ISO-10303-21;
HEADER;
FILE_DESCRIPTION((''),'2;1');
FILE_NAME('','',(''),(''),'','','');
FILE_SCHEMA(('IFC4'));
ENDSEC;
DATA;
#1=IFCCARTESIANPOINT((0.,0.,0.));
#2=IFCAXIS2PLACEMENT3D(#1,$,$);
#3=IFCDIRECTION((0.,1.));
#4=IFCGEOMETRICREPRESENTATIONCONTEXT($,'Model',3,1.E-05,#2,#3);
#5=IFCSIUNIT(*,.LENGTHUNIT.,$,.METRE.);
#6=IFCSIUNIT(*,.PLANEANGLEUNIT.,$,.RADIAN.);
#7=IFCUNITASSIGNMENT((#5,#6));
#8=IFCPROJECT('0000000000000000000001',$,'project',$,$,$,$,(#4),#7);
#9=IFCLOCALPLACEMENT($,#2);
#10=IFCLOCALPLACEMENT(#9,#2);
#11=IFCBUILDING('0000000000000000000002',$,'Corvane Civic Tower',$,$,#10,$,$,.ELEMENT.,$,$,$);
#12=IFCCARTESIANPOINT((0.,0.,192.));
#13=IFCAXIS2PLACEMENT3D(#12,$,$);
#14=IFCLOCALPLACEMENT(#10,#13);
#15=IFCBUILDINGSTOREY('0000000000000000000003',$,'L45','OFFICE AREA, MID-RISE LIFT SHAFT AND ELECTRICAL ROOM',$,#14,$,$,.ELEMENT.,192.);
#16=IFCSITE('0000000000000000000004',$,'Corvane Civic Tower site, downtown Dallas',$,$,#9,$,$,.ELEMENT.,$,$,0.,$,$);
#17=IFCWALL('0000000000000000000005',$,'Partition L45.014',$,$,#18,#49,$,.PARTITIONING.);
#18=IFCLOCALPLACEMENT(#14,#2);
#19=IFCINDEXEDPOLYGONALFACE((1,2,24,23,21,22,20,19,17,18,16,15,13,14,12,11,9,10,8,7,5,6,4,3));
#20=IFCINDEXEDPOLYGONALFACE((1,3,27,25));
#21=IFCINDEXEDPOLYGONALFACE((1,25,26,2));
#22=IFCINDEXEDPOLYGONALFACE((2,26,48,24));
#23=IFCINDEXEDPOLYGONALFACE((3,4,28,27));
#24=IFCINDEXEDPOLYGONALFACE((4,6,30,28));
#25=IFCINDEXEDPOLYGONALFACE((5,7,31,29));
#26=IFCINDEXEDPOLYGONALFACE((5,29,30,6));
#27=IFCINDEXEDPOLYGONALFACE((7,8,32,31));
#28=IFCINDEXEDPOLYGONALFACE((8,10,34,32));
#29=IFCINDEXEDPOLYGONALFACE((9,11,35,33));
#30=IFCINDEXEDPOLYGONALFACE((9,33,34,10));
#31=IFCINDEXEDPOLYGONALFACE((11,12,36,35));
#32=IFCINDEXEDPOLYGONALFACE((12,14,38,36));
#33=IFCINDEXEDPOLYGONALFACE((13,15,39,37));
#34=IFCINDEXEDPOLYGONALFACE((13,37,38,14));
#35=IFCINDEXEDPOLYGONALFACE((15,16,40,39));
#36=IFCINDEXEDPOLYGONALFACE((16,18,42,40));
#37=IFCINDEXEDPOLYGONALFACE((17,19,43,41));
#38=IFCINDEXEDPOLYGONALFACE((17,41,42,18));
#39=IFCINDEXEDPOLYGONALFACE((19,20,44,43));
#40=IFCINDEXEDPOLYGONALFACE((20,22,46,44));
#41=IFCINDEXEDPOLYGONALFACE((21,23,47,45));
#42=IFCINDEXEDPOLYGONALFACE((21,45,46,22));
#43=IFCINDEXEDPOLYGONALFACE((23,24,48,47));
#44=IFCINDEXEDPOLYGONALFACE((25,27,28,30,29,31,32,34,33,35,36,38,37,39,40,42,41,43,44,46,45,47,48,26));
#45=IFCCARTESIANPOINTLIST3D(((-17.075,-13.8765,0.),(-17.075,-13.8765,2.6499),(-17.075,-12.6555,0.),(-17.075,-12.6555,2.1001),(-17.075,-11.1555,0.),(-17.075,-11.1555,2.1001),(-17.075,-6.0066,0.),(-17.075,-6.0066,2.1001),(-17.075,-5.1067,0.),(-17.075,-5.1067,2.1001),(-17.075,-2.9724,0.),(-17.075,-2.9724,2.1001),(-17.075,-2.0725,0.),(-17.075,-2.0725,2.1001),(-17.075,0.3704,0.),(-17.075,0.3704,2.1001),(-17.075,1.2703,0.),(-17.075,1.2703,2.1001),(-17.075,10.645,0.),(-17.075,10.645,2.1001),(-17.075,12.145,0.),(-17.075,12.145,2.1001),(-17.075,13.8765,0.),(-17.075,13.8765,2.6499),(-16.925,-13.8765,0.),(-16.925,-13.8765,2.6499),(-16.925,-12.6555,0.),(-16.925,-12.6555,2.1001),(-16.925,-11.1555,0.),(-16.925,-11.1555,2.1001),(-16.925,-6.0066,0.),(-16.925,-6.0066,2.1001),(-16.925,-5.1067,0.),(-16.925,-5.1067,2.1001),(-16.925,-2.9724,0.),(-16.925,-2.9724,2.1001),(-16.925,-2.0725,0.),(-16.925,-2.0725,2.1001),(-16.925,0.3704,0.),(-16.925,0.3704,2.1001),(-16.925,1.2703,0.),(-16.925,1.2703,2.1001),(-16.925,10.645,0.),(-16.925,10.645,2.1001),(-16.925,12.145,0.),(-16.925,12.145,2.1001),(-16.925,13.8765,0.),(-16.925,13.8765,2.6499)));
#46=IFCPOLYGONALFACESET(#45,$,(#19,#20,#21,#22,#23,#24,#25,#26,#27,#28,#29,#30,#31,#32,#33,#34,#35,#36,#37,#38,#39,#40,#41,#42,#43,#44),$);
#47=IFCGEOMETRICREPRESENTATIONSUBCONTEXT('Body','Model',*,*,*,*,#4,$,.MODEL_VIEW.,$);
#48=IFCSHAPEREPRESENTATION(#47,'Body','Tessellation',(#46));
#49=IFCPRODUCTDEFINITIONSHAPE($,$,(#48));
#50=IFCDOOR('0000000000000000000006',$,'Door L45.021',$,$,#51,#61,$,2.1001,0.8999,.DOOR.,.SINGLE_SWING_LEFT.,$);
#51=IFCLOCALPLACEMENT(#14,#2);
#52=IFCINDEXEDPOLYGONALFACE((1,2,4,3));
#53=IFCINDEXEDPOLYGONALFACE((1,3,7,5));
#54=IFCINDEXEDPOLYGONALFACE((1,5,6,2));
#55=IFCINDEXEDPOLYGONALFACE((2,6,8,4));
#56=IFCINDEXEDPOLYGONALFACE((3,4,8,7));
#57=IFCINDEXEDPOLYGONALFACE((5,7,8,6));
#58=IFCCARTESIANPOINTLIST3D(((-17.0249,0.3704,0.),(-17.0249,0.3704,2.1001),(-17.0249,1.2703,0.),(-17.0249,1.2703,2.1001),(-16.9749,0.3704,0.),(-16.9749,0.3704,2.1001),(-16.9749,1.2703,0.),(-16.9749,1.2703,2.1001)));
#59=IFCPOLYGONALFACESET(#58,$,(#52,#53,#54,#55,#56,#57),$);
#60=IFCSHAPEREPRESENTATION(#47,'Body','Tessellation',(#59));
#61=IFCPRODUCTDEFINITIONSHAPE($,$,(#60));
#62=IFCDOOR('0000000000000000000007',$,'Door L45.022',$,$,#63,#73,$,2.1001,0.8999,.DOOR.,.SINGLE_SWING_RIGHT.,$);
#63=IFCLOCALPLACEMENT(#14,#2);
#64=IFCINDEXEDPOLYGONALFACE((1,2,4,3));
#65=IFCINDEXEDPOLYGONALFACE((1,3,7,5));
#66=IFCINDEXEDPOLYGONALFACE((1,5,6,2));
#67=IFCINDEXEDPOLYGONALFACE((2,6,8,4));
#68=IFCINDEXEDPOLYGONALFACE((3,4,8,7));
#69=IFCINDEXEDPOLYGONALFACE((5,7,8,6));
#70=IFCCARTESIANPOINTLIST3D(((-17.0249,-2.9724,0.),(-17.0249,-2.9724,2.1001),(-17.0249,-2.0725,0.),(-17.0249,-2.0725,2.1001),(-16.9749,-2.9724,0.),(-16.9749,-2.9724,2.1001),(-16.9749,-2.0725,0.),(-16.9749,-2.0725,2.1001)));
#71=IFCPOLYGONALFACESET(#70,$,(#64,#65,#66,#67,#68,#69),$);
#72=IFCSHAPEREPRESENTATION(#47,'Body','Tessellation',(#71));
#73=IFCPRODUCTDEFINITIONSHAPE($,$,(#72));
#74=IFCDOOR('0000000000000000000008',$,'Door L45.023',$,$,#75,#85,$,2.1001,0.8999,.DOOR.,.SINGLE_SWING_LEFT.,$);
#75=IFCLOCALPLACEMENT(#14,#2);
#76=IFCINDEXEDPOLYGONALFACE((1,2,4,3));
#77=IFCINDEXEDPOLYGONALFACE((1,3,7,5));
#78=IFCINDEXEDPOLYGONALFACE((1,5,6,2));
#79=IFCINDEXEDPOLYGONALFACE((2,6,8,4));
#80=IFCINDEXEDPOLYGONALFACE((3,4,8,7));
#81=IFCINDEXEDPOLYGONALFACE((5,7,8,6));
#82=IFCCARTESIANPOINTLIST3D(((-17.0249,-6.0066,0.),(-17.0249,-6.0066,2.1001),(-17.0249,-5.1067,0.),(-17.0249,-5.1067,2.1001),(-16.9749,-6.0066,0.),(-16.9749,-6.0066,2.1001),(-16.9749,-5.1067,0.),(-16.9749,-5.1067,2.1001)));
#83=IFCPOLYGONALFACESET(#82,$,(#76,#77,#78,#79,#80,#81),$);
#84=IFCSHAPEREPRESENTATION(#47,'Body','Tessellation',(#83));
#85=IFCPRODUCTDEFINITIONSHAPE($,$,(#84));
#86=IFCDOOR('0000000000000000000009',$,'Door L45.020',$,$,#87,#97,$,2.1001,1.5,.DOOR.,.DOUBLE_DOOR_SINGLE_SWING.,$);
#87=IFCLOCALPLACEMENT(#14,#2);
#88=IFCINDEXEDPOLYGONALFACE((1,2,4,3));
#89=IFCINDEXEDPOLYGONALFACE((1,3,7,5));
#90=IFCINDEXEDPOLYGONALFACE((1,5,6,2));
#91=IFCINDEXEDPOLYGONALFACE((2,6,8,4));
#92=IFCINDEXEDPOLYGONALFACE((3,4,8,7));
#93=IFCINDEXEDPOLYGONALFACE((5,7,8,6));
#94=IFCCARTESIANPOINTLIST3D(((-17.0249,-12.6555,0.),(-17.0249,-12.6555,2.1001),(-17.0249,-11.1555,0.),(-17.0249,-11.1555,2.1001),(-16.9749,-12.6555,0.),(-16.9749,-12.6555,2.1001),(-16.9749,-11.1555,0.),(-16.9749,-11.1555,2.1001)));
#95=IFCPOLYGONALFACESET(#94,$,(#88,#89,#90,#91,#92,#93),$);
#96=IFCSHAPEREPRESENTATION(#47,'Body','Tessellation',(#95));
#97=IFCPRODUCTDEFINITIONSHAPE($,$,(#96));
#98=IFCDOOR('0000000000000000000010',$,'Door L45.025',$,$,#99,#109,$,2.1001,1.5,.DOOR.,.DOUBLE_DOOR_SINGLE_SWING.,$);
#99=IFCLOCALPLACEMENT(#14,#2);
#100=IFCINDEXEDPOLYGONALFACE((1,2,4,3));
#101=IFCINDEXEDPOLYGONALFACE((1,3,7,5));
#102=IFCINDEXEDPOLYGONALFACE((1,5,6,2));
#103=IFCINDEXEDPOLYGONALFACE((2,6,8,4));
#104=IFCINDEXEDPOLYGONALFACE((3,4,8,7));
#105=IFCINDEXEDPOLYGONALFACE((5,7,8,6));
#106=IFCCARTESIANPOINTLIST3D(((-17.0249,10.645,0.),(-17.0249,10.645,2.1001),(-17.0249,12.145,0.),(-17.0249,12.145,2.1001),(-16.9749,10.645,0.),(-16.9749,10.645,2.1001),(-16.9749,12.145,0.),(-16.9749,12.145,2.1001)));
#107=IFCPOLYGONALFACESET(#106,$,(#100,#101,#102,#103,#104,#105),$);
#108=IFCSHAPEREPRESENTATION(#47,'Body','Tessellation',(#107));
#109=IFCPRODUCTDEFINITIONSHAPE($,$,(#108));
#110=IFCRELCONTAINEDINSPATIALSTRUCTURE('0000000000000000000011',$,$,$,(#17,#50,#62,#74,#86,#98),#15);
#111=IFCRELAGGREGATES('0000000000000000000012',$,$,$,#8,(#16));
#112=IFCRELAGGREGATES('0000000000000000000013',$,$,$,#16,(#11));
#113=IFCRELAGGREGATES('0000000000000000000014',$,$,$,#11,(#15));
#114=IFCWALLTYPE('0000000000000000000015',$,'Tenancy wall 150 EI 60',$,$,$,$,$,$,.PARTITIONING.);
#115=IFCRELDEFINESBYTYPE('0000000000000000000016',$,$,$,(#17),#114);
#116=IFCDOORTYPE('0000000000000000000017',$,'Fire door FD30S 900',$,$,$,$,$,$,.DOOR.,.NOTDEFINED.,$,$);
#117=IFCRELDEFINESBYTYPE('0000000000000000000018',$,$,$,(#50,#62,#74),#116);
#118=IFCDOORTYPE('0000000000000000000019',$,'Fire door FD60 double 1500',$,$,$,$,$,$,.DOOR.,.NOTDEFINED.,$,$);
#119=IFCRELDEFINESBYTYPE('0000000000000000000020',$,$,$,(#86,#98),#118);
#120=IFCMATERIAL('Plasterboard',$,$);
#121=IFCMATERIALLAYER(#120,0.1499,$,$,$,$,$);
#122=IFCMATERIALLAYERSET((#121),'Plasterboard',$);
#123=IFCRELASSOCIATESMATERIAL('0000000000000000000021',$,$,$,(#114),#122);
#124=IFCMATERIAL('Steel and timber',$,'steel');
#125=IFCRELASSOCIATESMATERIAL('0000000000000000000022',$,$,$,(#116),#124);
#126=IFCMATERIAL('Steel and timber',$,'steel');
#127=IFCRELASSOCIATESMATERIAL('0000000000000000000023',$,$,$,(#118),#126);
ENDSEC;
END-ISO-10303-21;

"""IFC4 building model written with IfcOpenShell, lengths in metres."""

from ifc_helpers import new_model, si_unit, direction, frame, frame_2d, origin, place, context, subcontext, project, spatial, rectangle, extrude, material, layer, layer_set, type_object, element, fill, save


model = new_model("IFC4")

# Units and contexts
model_context = context("Model", 3, precision=1e-05, world=origin(), true_north=direction((0.0, 1.0)))
body_context = subcontext(model_context, "Body", "Model", "MODEL_VIEW")
ifc_project = project(units=[si_unit("LENGTHUNIT", "METRE"), si_unit("PLANEANGLEUNIT", "RADIAN")], contexts=[model_context])

# Site, building, storey
site_placement = place(None, origin())
site = spatial("IfcSite", under=ifc_project, at=site_placement, Name="Corvane Civic Tower site, downtown Dallas", CompositionType="ELEMENT", RefElevation=0.0)
building_placement = place(site_placement, origin())
building = spatial("IfcBuilding", under=site, at=building_placement, Name="Corvane Civic Tower", CompositionType="ELEMENT")
storey_placement = place(building_placement, frame((0.0, 0.0, 192.0)))
storey = spatial("IfcBuildingStorey", under=building, at=storey_placement, Name="L45", Description="OFFICE AREA, MID-RISE LIFT SHAFT AND ELECTRICAL ROOM", CompositionType="ELEMENT", Elevation=192.0)

# Shared definitions
ifc_material_1 = material(Name="Plasterboard")
ifc_layer_1 = layer(ifc_material_1, 0.1499)
ifc_layer_set_1 = layer_set([ifc_layer_1], Name="Plasterboard")
wall_type_1 = type_object("IfcWallType", Name="Tenancy wall 150 EI 60", PredefinedType="PARTITIONING", material=ifc_layer_set_1)
ifc_material_2 = material(Name="Steel and timber", Category="steel")
door_type_1 = type_object("IfcDoorType", Name="Fire door FD30S 900", OperationType="NOTDEFINED", PredefinedType="DOOR", material=ifc_material_2)

# Wall, openings, doors
wall_1_placement = place(storey_placement, frame((-17.0, -13.8765, 0.0), z_axis=(0.0, 0.0, 1.0), x_axis=(0.0, 1.0, 0.0)))
wall_1 = element("IfcWall", 1, at=wall_1_placement, inside=storey, type_object=wall_type_1, Name="Partition L45.014", PredefinedType="PARTITIONING", context=body_context, shape_type="SweptSolid", body=[
    extrude(rectangle(XDim=27.7529, YDim=0.1499, at=frame_2d((13.8765, 0.0))), origin(), (0.0, 0.0, 1.0), 2.6499),
])
opening_1_placement = place(wall_1_placement, frame((1.2209, 0.0, 0.0)))
opening_1 = element("IfcOpeningElement", 2, at=opening_1_placement, cuts=wall_1, PredefinedType="OPENING", context=body_context, shape_type="SweptSolid", body=[
    extrude(rectangle(XDim=1.5, YDim=2.1001, at=frame_2d((0.75, 1.05))), frame((0.0, 0.085, 0.0), z_axis=(0.0, -1.0, 0.0), x_axis=(1.0, 0.0, 0.0)), (0.0, 0.0, 1.0), 0.1699),
])
opening_2_placement = place(wall_1_placement, frame((14.2468, 0.0, 0.0)))
opening_2 = element("IfcOpeningElement", 3, at=opening_2_placement, cuts=wall_1, PredefinedType="OPENING", context=body_context, shape_type="SweptSolid", body=[
    extrude(rectangle(XDim=0.8999, YDim=2.1001, at=frame_2d((0.45, 1.05))), frame((0.0, 0.085, 0.0), z_axis=(0.0, -1.0, 0.0), x_axis=(1.0, 0.0, 0.0)), (0.0, 0.0, 1.0), 0.1699),
])
opening_3_placement = place(wall_1_placement, frame((10.9041, 0.0, 0.0)))
opening_3 = element("IfcOpeningElement", 4, at=opening_3_placement, cuts=wall_1, PredefinedType="OPENING", context=body_context, shape_type="SweptSolid", body=[
    extrude(rectangle(XDim=0.8999, YDim=2.1001, at=frame_2d((0.45, 1.05))), frame((0.0, 0.085, 0.0), z_axis=(0.0, -1.0, 0.0), x_axis=(1.0, 0.0, 0.0)), (0.0, 0.0, 1.0), 0.1699),
])
opening_4_placement = place(wall_1_placement, frame((7.8699, 0.0, 0.0)))
opening_4 = element("IfcOpeningElement", 5, at=opening_4_placement, cuts=wall_1, PredefinedType="OPENING", context=body_context, shape_type="SweptSolid", body=[
    extrude(rectangle(XDim=0.8999, YDim=2.1001, at=frame_2d((0.45, 1.05))), frame((0.0, 0.085, 0.0), z_axis=(0.0, -1.0, 0.0), x_axis=(1.0, 0.0, 0.0)), (0.0, 0.0, 1.0), 0.1699),
])
opening_5_placement = place(wall_1_placement, frame((24.5215, 0.0, 0.0)))
opening_5 = element("IfcOpeningElement", 6, at=opening_5_placement, cuts=wall_1, PredefinedType="OPENING", context=body_context, shape_type="SweptSolid", body=[
    extrude(rectangle(XDim=1.5, YDim=2.1001, at=frame_2d((0.75, 1.05))), frame((0.0, 0.085, 0.0), z_axis=(0.0, -1.0, 0.0), x_axis=(1.0, 0.0, 0.0)), (0.0, 0.0, 1.0), 0.1699),
])
door_1_placement = place(opening_2_placement, origin())
door_1 = element("IfcDoor", 7, at=door_1_placement, inside=storey, type_object=door_type_1, Name="Door L45.021", OperationType="SINGLE_SWING_LEFT", OverallHeight=2.1001, OverallWidth=0.8999, PredefinedType="DOOR", context=body_context, shape_type="SweptSolid", body=[
    extrude(rectangle(XDim=0.8999, YDim=2.1001, at=frame_2d((0.45, 1.05))), frame((0.0, 0.0249, 0.0), z_axis=(0.0, -1.0, 0.0), x_axis=(1.0, 0.0, 0.0)), (0.0, 0.0, 1.0), 0.05),
])
fill(opening_2, door_1)
door_2_placement = place(opening_3_placement, origin())
door_2 = element("IfcDoor", 8, at=door_2_placement, inside=storey, type_object=door_type_1, Name="Door L45.022", OperationType="SINGLE_SWING_RIGHT", OverallHeight=2.1001, OverallWidth=0.8999, PredefinedType="DOOR", context=body_context, shape_type="SweptSolid", body=[
    extrude(rectangle(XDim=0.8999, YDim=2.1001, at=frame_2d((0.45, 1.05))), frame((0.0, 0.0249, 0.0), z_axis=(0.0, -1.0, 0.0), x_axis=(1.0, 0.0, 0.0)), (0.0, 0.0, 1.0), 0.05),
])
fill(opening_3, door_2)
door_3_placement = place(opening_4_placement, origin())
door_3 = element("IfcDoor", 9, at=door_3_placement, inside=storey, type_object=door_type_1, Name="Door L45.023", OperationType="SINGLE_SWING_LEFT", OverallHeight=2.1001, OverallWidth=0.8999, PredefinedType="DOOR", context=body_context, shape_type="SweptSolid", body=[
    extrude(rectangle(XDim=0.8999, YDim=2.1001, at=frame_2d((0.45, 1.05))), frame((0.0, 0.0249, 0.0), z_axis=(0.0, -1.0, 0.0), x_axis=(1.0, 0.0, 0.0)), (0.0, 0.0, 1.0), 0.05),
])
fill(opening_4, door_3)
ifc_material_3 = material(Name="Steel and timber", Category="steel")
door_type_2 = type_object("IfcDoorType", Name="Fire door FD60 double 1500", OperationType="NOTDEFINED", PredefinedType="DOOR", material=ifc_material_3)
door_4_placement = place(opening_1_placement, origin())
door_4 = element("IfcDoor", 10, at=door_4_placement, inside=storey, type_object=door_type_2, Name="Door L45.020", OperationType="DOUBLE_DOOR_SINGLE_SWING", OverallHeight=2.1001, OverallWidth=1.5, PredefinedType="DOOR", context=body_context, shape_type="SweptSolid", body=[
    extrude(rectangle(XDim=1.5, YDim=2.1001, at=frame_2d((0.75, 1.05))), frame((0.0, 0.0249, 0.0), z_axis=(0.0, -1.0, 0.0), x_axis=(1.0, 0.0, 0.0)), (0.0, 0.0, 1.0), 0.05),
])
fill(opening_1, door_4)
door_5_placement = place(opening_5_placement, origin())
door_5 = element("IfcDoor", 11, at=door_5_placement, inside=storey, type_object=door_type_2, Name="Door L45.025", OperationType="DOUBLE_DOOR_SINGLE_SWING", OverallHeight=2.1001, OverallWidth=1.5, PredefinedType="DOOR", context=body_context, shape_type="SweptSolid", body=[
    extrude(rectangle(XDim=1.5, YDim=2.1001, at=frame_2d((0.75, 1.05))), frame((0.0, 0.0249, 0.0), z_axis=(0.0, -1.0, 0.0), x_axis=(1.0, 0.0, 0.0)), (0.0, 0.0, 1.0), 0.05),
])
fill(opening_5, door_5)

save(model, "model.ifc")
